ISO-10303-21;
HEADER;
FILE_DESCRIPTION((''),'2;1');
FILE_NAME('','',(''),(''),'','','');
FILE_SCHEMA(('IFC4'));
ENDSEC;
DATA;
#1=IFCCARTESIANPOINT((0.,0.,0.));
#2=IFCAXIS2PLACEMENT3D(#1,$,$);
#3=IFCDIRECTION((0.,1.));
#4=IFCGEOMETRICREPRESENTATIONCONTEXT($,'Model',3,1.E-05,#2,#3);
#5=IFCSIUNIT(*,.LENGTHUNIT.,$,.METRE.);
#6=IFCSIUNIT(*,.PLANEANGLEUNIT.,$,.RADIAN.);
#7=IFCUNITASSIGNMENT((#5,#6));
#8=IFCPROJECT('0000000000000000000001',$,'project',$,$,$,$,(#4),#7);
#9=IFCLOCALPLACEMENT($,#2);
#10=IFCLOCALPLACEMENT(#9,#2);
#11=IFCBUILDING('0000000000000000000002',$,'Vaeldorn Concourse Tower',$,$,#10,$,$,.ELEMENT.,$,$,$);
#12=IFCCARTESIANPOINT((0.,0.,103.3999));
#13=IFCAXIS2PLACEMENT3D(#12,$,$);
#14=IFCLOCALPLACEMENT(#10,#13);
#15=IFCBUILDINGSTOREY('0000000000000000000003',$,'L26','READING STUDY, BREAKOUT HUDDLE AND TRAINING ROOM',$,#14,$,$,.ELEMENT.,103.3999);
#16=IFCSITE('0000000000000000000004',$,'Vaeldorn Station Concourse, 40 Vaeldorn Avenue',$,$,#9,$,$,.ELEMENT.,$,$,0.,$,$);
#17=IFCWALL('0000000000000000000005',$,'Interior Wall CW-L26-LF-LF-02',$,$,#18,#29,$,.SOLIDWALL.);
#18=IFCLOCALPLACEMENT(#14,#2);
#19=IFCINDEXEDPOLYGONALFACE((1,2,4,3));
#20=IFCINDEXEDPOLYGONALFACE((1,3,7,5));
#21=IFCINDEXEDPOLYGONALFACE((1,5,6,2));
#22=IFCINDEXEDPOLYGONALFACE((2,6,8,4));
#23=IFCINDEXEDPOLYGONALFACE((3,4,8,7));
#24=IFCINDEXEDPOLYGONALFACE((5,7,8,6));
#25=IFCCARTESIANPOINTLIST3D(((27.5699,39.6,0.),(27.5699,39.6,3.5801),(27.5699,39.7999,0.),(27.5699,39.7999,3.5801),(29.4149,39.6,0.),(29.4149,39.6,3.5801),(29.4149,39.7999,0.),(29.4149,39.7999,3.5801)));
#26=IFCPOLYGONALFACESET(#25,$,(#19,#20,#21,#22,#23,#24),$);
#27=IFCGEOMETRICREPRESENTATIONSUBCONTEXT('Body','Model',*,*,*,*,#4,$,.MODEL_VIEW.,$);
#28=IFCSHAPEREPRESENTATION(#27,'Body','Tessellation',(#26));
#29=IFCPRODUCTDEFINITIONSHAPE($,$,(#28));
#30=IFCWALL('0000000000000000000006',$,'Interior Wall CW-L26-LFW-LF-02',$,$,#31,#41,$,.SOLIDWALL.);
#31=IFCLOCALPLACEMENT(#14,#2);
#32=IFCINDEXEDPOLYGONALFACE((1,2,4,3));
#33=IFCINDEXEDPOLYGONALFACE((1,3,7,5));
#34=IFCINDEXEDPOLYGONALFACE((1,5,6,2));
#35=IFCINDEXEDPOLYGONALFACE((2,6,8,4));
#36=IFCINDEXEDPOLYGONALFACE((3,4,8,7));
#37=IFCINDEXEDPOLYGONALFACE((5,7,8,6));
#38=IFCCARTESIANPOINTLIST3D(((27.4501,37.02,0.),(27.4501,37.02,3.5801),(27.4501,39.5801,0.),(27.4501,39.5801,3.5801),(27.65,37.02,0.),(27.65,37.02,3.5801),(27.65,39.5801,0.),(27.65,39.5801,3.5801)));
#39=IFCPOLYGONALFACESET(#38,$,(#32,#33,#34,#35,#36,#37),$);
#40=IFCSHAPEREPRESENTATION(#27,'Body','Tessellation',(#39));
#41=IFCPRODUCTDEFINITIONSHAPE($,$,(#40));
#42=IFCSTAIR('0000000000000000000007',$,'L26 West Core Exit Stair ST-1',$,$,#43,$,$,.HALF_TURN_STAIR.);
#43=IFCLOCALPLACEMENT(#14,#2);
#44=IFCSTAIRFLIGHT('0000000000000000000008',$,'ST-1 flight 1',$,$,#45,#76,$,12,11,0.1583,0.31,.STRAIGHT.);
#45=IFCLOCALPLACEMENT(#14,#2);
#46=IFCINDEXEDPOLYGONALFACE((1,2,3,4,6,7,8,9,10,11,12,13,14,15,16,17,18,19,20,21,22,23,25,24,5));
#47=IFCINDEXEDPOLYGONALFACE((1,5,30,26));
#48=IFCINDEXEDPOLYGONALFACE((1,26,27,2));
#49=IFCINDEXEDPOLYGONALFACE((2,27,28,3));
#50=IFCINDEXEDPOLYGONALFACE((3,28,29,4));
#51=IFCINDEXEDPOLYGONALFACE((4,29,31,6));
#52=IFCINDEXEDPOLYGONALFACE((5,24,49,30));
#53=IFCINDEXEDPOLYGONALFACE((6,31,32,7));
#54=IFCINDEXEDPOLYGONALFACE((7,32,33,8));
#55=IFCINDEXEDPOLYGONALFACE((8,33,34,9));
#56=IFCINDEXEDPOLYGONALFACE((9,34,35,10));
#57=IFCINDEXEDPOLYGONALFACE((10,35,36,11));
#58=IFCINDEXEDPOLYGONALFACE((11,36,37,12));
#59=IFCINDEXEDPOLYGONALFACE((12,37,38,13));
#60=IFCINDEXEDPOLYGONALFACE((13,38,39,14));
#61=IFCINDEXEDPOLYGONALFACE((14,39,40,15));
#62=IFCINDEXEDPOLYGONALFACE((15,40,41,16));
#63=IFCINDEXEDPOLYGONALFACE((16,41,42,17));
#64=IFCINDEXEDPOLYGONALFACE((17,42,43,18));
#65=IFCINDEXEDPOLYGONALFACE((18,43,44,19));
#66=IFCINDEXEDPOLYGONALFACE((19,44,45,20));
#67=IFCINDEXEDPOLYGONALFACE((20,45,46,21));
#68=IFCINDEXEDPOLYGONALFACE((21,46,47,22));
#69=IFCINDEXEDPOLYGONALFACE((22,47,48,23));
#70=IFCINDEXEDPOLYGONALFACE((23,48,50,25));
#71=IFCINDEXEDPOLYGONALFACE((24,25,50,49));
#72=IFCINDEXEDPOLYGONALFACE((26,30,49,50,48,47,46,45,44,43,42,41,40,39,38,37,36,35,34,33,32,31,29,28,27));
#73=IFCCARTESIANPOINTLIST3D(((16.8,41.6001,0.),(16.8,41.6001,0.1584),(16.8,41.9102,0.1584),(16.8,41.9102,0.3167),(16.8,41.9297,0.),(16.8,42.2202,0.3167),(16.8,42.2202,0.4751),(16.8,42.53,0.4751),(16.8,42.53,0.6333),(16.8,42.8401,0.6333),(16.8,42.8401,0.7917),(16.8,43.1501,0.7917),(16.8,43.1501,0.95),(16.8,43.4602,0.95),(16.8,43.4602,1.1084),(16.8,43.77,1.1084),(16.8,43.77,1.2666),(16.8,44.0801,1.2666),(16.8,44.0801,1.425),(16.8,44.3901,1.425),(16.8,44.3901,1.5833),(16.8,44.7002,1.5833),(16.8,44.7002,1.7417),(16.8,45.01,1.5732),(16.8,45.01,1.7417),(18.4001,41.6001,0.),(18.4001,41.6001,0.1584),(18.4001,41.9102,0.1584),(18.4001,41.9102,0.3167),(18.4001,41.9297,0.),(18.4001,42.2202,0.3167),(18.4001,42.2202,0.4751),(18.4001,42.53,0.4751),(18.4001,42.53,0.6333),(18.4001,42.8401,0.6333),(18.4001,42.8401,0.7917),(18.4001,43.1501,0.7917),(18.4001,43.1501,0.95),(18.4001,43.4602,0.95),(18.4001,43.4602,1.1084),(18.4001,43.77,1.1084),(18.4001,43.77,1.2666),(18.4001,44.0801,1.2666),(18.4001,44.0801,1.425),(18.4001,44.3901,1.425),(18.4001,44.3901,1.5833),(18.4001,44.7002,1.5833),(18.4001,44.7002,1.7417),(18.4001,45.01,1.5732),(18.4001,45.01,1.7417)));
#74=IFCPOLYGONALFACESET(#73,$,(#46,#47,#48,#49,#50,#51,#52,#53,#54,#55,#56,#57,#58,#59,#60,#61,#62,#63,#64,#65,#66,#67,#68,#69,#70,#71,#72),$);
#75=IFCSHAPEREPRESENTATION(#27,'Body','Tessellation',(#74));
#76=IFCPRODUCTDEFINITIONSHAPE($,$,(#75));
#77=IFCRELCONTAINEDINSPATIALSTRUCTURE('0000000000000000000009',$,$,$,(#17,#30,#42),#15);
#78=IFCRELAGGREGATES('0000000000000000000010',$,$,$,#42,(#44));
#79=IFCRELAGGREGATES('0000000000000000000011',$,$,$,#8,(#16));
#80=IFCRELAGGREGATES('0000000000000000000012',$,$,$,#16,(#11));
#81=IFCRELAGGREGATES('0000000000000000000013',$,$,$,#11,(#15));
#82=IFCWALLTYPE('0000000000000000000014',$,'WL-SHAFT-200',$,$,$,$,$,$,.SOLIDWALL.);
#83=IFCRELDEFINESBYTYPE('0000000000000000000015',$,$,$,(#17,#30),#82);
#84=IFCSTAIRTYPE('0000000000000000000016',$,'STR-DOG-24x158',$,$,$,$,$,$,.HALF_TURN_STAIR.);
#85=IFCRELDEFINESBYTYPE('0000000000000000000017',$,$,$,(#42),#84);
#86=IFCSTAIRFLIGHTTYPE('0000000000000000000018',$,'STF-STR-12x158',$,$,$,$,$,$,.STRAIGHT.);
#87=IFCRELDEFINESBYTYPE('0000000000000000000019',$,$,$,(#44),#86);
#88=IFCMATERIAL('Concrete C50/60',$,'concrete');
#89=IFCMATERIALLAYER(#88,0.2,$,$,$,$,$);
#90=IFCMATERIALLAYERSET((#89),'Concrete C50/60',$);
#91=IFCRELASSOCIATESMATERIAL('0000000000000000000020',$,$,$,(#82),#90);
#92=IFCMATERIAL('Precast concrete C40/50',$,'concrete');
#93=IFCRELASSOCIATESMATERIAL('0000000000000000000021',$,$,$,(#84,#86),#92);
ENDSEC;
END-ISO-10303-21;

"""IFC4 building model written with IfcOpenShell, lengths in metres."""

from ifc_helpers import new_model, si_unit, direction, frame, frame_2d, origin, place, context, subcontext, project, spatial, polyline, rectangle, outline, extrude, material, layer, layer_set, type_object, element, aggregate, save


model = new_model("IFC4")

# Units and contexts
model_context = context("Model", 3, precision=1e-05, world=origin(), true_north=direction((0.0, 1.0)))
body_context = subcontext(model_context, "Body", "Model", "MODEL_VIEW")
ifc_project = project(units=[si_unit("LENGTHUNIT", "METRE"), si_unit("PLANEANGLEUNIT", "RADIAN")], contexts=[model_context])

# Site, building, storey
site_placement = place(None, origin())
site = spatial("IfcSite", under=ifc_project, at=site_placement, Name="Vaeldorn Station Concourse, 40 Vaeldorn Avenue", CompositionType="ELEMENT", RefElevation=0.0)
building_placement = place(site_placement, origin())
building = spatial("IfcBuilding", under=site, at=building_placement, Name="Vaeldorn Concourse Tower", CompositionType="ELEMENT")
storey_placement = place(building_placement, frame((0.0, 0.0, 103.3999)))
storey = spatial("IfcBuildingStorey", under=building, at=storey_placement, Name="L26", Description="READING STUDY, BREAKOUT HUDDLE AND TRAINING ROOM", CompositionType="ELEMENT", Elevation=103.3999)

# Shared definitions
ifc_material_1 = material(Name="Concrete C50/60", Category="concrete")
ifc_layer_1 = layer(ifc_material_1, 0.2)
ifc_layer_set_1 = layer_set([ifc_layer_1], Name="Concrete C50/60")
wall_type_1 = type_object("IfcWallType", Name="WL-SHAFT-200", PredefinedType="SOLIDWALL", material=ifc_layer_set_1)

# Walls
wall_1_placement = place(storey_placement, frame((27.5701, 39.7, 0.0), z_axis=(0.0, 0.0, 1.0), x_axis=(1.0, 0.0, 0.0)))
element("IfcWall", 1, at=wall_1_placement, inside=storey, type_object=wall_type_1, Name="Interior Wall CW-L26-LF-LF-02", PredefinedType="SOLIDWALL", context=body_context, shape_type="SweptSolid", body=[
    extrude(rectangle(XDim=1.845, YDim=0.2, at=frame_2d((0.9224, 0.0))), origin(), (0.0, 0.0, 1.0), 3.5801),
])
wall_2_placement = place(storey_placement, frame((27.55, 37.02, 0.0), z_axis=(0.0, 0.0, 1.0), x_axis=(0.0, 1.0, 0.0)))
element("IfcWall", 2, at=wall_2_placement, inside=storey, type_object=wall_type_1, Name="Interior Wall CW-L26-LFW-LF-02", PredefinedType="SOLIDWALL", context=body_context, shape_type="SweptSolid", body=[
    extrude(rectangle(XDim=2.5601, YDim=0.2, at=frame_2d((1.28, 0.0))), origin(), (0.0, 0.0, 1.0), 3.5801),
])

# Stair, stair flight
ifc_material_2 = material(Name="Precast concrete C40/50", Category="concrete")
stair_type = type_object("IfcStairType", Name="STR-DOG-24x158", PredefinedType="HALF_TURN_STAIR", material=ifc_material_2)
stair_placement = place(storey_placement, origin())
stair = element("IfcStair", 3, at=stair_placement, inside=storey, type_object=stair_type, Name="L26 West Core Exit Stair ST-1", PredefinedType="HALF_TURN_STAIR")
stair_flight_type = type_object("IfcStairFlightType", Name="STF-STR-12x158", PredefinedType="STRAIGHT", material=ifc_material_2)
stair_flight_placement = place(storey_placement, frame((17.6001, 41.6001, 0.0), z_axis=(0.0, 0.0, 1.0), x_axis=(0.0, 1.0, 0.0)))
stair_flight = element("IfcStairFlight", 4, at=stair_flight_placement, type_object=stair_flight_type, Name="ST-1 flight 1", NumberOfRisers=12, NumberOfTreads=11, PredefinedType="STRAIGHT", RiserHeight=0.1583, TreadLength=0.31, context=body_context, shape_type="SweptSolid", body=[
    extrude(outline(polyline([(0.0, 0.0), (0.0, 0.1584), (0.3101, 0.1584), (0.3101, 0.3167), (0.6201, 0.3167), (0.6201, 0.4751), (0.9299, 0.4751), (0.9299, 0.6333), (1.24, 0.6333), (1.24, 0.7917), (1.55, 0.7917), (1.55, 0.95), (1.8601, 0.95), (1.8601, 1.1084), (2.1699, 1.1084), (2.1699, 1.2666), (2.48, 1.2666), (2.48, 1.425), (2.79, 1.425), (2.79, 1.5833), (3.1001, 1.5833), (3.1001, 1.7417), (3.4099, 1.7417), (3.4099, 1.8999), (3.4099, 1.5732), (0.3296, 0.0), (0.0, 0.0)])), frame((0.0, 0.8, 0.0), z_axis=(0.0, -1.0, 0.0), x_axis=(1.0, 0.0, 0.0)), (0.0, 0.0, 1.0), 1.6001),
])
aggregate(stair, [stair_flight])

save(model, "model.ifc")
